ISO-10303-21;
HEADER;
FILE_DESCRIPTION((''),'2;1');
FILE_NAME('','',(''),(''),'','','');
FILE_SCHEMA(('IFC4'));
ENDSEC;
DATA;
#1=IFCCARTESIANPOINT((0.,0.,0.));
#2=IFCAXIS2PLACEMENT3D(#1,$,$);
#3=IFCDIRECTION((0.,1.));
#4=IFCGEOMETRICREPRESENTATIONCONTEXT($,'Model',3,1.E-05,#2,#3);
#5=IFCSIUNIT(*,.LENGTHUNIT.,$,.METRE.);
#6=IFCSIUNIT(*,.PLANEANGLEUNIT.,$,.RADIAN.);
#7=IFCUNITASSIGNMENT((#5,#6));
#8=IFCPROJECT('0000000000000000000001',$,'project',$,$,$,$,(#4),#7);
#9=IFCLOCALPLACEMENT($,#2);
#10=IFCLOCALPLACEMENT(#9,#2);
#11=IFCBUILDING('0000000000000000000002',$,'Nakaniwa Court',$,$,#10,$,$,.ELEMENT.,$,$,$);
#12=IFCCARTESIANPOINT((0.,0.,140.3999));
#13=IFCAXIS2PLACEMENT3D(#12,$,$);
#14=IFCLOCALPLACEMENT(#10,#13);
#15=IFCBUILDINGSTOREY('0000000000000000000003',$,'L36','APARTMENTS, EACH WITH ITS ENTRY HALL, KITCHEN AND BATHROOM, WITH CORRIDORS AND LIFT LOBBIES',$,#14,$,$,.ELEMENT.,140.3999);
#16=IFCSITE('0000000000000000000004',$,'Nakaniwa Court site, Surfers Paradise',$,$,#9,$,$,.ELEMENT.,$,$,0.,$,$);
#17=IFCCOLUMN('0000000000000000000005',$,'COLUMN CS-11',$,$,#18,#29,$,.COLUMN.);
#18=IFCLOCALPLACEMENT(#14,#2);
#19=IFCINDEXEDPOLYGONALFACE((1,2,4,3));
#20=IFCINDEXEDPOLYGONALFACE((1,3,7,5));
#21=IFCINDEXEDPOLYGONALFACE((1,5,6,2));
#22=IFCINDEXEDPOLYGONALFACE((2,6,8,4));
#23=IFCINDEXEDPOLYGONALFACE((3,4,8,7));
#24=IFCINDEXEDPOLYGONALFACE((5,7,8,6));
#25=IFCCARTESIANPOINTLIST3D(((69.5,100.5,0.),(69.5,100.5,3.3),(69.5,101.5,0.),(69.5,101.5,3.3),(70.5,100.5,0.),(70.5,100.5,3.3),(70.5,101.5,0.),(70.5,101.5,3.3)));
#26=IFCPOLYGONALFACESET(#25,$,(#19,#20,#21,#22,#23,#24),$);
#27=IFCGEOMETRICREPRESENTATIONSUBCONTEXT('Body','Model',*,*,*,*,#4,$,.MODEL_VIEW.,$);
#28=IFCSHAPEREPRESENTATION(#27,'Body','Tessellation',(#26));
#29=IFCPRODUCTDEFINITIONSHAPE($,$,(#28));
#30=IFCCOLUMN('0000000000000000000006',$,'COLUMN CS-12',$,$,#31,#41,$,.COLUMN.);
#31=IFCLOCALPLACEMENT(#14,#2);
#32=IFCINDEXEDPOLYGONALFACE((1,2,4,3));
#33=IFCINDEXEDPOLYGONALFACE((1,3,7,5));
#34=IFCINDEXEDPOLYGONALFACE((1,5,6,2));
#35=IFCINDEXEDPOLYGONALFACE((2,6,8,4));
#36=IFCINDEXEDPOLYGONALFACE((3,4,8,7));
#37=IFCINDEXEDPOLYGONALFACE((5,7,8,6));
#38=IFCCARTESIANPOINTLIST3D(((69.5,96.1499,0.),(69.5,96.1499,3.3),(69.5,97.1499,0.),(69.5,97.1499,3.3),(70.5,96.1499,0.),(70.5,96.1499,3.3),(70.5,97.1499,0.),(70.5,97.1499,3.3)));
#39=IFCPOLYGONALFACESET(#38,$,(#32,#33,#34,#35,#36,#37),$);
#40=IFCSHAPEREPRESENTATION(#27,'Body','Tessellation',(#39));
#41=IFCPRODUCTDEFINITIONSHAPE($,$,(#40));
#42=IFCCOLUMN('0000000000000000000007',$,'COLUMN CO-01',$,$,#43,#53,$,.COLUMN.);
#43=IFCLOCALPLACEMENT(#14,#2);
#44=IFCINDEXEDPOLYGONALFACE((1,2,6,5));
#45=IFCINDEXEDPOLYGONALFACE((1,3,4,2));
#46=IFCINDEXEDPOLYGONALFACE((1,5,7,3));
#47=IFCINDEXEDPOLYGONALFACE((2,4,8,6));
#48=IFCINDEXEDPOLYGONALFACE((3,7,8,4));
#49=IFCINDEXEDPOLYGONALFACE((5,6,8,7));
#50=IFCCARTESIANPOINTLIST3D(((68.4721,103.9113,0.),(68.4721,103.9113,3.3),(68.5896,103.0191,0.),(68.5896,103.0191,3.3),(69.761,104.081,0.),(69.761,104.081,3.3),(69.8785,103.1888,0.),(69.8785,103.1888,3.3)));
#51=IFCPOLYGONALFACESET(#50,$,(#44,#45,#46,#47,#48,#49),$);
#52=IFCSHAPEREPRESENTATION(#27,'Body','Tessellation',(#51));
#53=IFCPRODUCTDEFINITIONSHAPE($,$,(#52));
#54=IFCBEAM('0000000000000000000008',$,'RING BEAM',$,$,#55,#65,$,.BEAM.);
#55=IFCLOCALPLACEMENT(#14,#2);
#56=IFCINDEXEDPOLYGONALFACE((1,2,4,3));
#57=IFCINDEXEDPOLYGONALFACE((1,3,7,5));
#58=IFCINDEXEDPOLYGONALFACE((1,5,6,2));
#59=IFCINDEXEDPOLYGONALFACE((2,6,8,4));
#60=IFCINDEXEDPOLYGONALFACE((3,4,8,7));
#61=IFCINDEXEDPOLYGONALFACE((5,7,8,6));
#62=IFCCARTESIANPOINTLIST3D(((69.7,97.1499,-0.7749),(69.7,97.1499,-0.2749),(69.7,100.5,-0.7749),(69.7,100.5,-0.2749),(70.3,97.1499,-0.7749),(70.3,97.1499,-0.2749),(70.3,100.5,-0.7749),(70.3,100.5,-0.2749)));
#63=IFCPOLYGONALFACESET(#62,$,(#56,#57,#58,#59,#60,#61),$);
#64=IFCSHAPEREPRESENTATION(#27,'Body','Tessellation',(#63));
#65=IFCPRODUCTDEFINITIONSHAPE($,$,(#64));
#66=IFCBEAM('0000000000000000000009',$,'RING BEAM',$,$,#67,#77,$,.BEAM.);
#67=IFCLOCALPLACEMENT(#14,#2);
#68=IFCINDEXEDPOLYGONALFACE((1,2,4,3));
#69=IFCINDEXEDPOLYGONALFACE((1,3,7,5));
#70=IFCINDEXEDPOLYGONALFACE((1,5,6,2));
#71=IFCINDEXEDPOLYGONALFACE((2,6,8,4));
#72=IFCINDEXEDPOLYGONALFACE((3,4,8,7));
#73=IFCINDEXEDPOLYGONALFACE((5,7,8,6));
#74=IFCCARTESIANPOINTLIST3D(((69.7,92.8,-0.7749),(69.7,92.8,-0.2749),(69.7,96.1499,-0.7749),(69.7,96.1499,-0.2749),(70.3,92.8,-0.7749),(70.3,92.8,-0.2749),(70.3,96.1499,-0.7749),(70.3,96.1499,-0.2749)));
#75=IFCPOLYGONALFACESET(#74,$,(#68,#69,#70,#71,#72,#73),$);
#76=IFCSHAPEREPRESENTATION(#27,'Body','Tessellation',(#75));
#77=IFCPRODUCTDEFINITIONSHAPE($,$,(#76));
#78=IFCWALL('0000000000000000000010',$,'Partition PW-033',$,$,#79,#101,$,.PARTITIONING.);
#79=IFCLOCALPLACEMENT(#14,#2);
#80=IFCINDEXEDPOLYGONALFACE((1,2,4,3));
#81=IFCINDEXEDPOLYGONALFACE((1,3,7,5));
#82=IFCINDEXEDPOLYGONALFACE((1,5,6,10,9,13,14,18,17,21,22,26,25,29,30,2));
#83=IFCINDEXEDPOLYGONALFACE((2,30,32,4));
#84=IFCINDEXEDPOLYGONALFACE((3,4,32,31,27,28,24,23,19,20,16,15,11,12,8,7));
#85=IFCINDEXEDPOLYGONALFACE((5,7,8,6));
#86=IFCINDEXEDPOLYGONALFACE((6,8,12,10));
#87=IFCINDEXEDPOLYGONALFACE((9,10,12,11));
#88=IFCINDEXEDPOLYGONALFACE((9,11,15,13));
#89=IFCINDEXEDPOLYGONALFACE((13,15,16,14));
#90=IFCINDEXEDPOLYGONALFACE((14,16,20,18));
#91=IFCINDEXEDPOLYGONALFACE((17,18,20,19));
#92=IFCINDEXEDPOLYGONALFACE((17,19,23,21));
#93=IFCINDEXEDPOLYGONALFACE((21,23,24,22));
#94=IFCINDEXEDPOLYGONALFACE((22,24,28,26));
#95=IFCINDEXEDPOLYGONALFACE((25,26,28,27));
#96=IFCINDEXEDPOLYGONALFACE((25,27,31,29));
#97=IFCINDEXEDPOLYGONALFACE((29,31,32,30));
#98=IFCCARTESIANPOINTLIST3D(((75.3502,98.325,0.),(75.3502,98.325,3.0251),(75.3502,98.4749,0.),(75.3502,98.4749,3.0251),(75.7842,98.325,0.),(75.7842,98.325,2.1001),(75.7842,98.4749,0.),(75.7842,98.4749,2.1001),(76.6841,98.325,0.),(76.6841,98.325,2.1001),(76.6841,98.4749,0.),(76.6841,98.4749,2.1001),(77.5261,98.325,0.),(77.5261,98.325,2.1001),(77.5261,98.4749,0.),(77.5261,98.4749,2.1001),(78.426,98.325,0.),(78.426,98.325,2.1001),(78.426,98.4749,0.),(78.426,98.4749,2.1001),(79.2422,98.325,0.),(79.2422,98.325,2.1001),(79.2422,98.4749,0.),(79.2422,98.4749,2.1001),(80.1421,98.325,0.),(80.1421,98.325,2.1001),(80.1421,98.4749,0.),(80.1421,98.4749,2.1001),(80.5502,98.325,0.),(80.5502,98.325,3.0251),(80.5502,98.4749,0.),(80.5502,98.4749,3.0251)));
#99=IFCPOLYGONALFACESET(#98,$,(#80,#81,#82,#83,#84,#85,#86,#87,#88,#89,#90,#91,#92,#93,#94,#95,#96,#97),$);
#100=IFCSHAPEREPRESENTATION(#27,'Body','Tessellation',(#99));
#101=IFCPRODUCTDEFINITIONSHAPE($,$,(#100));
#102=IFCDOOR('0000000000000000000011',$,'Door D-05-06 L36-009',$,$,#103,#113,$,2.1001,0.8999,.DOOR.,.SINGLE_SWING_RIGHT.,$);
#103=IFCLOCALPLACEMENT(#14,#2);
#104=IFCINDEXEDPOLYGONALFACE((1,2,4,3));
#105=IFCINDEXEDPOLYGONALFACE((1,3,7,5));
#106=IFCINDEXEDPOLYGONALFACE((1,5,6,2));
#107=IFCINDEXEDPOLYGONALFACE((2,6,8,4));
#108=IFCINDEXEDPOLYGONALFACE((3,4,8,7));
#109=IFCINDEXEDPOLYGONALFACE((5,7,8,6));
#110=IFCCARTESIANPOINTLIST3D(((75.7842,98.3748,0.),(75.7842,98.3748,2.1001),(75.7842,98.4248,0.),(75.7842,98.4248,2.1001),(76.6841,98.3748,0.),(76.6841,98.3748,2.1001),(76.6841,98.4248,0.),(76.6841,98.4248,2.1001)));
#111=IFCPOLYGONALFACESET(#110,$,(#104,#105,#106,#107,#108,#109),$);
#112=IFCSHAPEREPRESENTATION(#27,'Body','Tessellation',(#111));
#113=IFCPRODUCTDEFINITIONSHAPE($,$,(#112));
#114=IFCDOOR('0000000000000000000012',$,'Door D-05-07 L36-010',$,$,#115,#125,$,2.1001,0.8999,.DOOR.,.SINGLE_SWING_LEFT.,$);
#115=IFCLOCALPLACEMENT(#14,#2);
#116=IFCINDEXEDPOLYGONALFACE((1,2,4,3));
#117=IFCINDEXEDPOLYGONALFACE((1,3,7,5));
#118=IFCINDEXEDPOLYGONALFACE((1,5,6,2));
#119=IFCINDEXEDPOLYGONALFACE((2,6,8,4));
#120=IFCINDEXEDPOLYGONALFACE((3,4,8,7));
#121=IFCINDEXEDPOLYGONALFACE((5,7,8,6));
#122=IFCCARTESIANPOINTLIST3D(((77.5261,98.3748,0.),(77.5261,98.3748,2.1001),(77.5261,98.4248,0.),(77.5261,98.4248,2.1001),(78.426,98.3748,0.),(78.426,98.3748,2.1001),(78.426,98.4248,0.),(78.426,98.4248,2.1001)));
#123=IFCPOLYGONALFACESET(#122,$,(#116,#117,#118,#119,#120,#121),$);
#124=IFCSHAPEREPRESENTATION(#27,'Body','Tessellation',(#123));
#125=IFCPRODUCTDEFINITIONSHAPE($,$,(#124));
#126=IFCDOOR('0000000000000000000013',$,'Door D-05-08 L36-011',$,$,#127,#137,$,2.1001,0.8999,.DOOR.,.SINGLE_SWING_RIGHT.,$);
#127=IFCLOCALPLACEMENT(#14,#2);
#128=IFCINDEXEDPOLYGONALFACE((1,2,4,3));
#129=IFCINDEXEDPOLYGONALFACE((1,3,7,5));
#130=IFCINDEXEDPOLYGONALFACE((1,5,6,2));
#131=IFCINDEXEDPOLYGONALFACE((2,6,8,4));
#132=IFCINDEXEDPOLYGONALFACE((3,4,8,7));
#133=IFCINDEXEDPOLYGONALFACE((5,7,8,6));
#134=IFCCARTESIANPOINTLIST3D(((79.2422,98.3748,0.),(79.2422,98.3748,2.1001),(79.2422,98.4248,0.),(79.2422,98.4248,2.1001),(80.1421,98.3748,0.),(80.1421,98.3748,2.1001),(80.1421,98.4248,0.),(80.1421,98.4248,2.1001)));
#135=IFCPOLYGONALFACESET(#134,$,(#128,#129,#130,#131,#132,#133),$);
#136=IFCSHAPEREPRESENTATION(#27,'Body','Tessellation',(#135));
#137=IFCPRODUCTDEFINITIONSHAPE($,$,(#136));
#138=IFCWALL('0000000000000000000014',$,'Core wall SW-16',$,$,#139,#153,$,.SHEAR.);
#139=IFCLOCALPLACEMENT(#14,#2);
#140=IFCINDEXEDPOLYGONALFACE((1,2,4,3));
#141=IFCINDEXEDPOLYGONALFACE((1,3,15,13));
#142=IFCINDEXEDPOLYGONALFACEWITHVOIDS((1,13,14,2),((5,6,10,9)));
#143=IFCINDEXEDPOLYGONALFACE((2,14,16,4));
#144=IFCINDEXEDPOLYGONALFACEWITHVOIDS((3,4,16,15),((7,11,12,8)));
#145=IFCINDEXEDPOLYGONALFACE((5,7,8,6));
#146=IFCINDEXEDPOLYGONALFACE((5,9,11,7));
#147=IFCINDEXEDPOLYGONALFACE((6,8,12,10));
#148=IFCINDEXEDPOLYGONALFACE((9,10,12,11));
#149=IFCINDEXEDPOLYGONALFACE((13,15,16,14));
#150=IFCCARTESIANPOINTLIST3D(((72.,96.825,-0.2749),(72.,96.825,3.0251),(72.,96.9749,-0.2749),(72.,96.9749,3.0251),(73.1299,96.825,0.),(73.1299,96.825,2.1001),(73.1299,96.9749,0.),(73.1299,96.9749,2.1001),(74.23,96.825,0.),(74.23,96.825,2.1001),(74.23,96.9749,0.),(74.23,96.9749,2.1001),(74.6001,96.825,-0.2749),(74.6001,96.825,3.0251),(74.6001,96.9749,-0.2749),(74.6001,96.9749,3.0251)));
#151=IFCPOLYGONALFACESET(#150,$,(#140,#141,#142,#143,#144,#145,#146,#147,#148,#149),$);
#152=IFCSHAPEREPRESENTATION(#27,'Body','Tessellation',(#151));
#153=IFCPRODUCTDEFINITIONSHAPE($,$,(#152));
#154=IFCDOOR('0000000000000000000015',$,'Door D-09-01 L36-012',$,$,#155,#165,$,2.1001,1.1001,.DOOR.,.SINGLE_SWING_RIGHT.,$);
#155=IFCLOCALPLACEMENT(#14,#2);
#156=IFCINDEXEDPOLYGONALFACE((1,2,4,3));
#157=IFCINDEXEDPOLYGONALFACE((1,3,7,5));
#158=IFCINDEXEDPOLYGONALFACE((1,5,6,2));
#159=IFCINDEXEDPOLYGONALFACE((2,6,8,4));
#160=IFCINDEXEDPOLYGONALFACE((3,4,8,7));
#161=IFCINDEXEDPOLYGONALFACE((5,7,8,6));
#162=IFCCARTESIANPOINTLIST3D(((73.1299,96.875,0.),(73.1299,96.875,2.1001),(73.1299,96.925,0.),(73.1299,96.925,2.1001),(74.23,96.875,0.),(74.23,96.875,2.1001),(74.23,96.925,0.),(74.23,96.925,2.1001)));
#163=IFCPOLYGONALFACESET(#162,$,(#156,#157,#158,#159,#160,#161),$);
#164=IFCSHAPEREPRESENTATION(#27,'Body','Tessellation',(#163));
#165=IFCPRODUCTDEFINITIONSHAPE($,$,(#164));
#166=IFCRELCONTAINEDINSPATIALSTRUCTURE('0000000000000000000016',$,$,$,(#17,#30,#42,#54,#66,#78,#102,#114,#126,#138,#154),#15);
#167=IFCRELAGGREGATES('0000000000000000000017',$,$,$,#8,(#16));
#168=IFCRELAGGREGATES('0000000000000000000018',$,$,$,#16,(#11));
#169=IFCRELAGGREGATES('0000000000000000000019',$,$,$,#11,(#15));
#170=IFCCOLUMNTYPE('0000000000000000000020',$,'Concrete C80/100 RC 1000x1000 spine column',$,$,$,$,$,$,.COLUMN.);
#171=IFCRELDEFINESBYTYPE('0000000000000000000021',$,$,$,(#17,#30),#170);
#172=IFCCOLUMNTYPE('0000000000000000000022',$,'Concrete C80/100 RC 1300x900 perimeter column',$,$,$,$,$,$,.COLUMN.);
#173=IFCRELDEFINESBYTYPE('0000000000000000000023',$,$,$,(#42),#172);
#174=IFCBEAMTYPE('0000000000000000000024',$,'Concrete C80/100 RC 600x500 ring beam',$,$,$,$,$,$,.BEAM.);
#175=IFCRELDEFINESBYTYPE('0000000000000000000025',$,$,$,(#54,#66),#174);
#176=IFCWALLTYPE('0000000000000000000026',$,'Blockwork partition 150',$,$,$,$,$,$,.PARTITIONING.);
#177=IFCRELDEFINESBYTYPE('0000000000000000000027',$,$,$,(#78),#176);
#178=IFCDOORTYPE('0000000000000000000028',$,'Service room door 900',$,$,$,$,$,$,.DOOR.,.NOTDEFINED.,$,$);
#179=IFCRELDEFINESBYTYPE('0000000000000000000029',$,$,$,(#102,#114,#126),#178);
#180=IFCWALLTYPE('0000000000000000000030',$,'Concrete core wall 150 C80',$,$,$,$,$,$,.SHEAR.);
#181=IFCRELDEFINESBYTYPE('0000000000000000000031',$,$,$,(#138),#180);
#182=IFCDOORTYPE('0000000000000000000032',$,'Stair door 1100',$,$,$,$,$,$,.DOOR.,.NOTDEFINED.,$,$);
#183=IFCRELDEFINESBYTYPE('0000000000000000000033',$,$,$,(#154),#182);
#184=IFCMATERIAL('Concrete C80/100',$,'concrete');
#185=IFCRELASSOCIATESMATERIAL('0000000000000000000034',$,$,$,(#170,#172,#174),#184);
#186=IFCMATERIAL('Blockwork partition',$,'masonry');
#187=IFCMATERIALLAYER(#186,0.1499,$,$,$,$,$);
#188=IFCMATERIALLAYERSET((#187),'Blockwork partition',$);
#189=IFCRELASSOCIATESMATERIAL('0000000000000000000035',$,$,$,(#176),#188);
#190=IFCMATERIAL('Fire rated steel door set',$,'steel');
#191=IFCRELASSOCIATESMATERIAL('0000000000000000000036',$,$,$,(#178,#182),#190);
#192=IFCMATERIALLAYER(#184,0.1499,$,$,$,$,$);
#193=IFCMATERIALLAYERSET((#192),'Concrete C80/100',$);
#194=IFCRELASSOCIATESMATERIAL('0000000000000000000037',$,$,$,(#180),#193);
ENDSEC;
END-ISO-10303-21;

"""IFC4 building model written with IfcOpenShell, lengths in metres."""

from ifc_helpers import new_model, si_unit, direction, frame, frame_2d, origin, origin_2d, place, context, subcontext, project, spatial, rectangle, extrude, material, layer, layer_set, material_profile, profile_set, type_object, element, fill, save


model = new_model("IFC4")

# Units and contexts
model_context = context("Model", 3, precision=1e-05, world=origin(), true_north=direction((0.0, 1.0)))
body_context = subcontext(model_context, "Body", "Model", "MODEL_VIEW")
ifc_project = project(units=[si_unit("LENGTHUNIT", "METRE"), si_unit("PLANEANGLEUNIT", "RADIAN")], contexts=[model_context])

# Site, building, storey
site_placement = place(None, origin())
site = spatial("IfcSite", under=ifc_project, at=site_placement, Name="Nakaniwa Court site, Surfers Paradise", CompositionType="ELEMENT", RefElevation=0.0)
building_placement = place(site_placement, origin())
building = spatial("IfcBuilding", under=site, at=building_placement, Name="Nakaniwa Court", CompositionType="ELEMENT")
storey_placement = place(building_placement, frame((0.0, 0.0, 140.3999)))
storey = spatial("IfcBuildingStorey", under=building, at=storey_placement, Name="L36", Description="APARTMENTS, EACH WITH ITS ENTRY HALL, KITCHEN AND BATHROOM, WITH CORRIDORS AND LIFT LOBBIES", CompositionType="ELEMENT", Elevation=140.3999)

# Columns
ifc_material_1 = material(Name="Concrete C80/100", Category="concrete")
ifc_material_profile_1 = material_profile(ifc_material_1, rectangle(XDim=1.0, YDim=1.0, at=origin_2d()), Name="Concrete C80/100 RC 1000x1000 spine column")
ifc_profile_set_1 = profile_set([ifc_material_profile_1], Name="Concrete C80/100")
column_type_1 = type_object("IfcColumnType", Name="Concrete C80/100 RC 1000x1000 spine column", PredefinedType="COLUMN", material=ifc_profile_set_1)
for number, where, z_axis, x_axis, name in (
    (1, (70.0, 101.0, 0.0), (0.0, 0.0, 1.0), (0.0, -1.0, 0.0), "COLUMN CS-11"),
    (2, (70.0, 96.6499, 0.0), (0.0, 0.0, 1.0), (0.0, -1.0, 0.0), "COLUMN CS-12"),
):
    element("IfcColumn", number, at=place(storey_placement, frame(where, z_axis=z_axis, x_axis=x_axis)), inside=storey, type_object=column_type_1, Name=name, PredefinedType="COLUMN", context=body_context, shape_type="SweptSolid", body=[
        extrude(rectangle(XDim=1.0, YDim=1.0, at=origin_2d()), origin(), (0.0, 0.0, 1.0), 3.3),
    ])
ifc_material_profile_2 = material_profile(ifc_material_1, rectangle(XDim=1.3, YDim=0.8999, at=origin_2d()), Name="Concrete C80/100 RC 1300x900 perimeter column")
ifc_profile_set_2 = profile_set([ifc_material_profile_2], Name="Concrete C80/100")
column_type_2 = type_object("IfcColumnType", Name="Concrete C80/100 RC 1300x900 perimeter column", PredefinedType="COLUMN", material=ifc_profile_set_2)
column_placement = place(storey_placement, frame((69.1753, 103.55, 0.0), z_axis=(0.0, 0.0, 1.0), x_axis=(-0.991443, -0.130543, 0.0)))
element("IfcColumn", 3, at=column_placement, inside=storey, type_object=column_type_2, Name="COLUMN CO-01", PredefinedType="COLUMN", context=body_context, shape_type="SweptSolid", body=[
    extrude(rectangle(XDim=1.3, YDim=0.8999, at=origin_2d()), origin(), (0.0, 0.0, 1.0), 3.3),
])

# Beams
ifc_material_profile_3 = material_profile(ifc_material_1, rectangle(XDim=0.6001, YDim=0.5, at=origin_2d()), Name="Concrete C80/100 RC 600x500 ring beam")
ifc_profile_set_3 = profile_set([ifc_material_profile_3], Name="Concrete C80/100")
beam_type = type_object("IfcBeamType", Name="Concrete C80/100 RC 600x500 ring beam", PredefinedType="BEAM", material=ifc_profile_set_3)
beam_1_placement = place(storey_placement, frame((70.0, 100.5, -0.5249), z_axis=(0.0, -1.0, 0.0), x_axis=(1.0, 0.0, 0.0)))
element("IfcBeam", 4, at=beam_1_placement, inside=storey, type_object=beam_type, Name="RING BEAM", PredefinedType="BEAM", context=body_context, shape_type="SweptSolid", body=[
    extrude(rectangle(XDim=0.6001, YDim=0.5, at=origin_2d()), origin(), (0.0, 0.0, 1.0), 3.3501),
])
beam_2_placement = place(storey_placement, frame((70.0, 96.1499, -0.5249), z_axis=(0.0, -1.0, 0.0), x_axis=(1.0, 0.0, 0.0)))
element("IfcBeam", 5, at=beam_2_placement, inside=storey, type_object=beam_type, Name="RING BEAM", PredefinedType="BEAM", context=body_context, shape_type="SweptSolid", body=[
    extrude(rectangle(XDim=0.6001, YDim=0.5, at=origin_2d()), origin(), (0.0, 0.0, 1.0), 3.3499),
])

# Wall, openings, doors
ifc_material_2 = material(Name="Blockwork partition", Category="masonry")
ifc_layer_1 = layer(ifc_material_2, 0.1499)
ifc_layer_set_1 = layer_set([ifc_layer_1], Name="Blockwork partition")
wall_type_1 = type_object("IfcWallType", Name="Blockwork partition 150", PredefinedType="PARTITIONING", material=ifc_layer_set_1)
wall_1_placement = place(storey_placement, frame((75.3501, 98.3999, 0.0), z_axis=(0.0, 0.0, 1.0), x_axis=(1.0, 0.0, 0.0)))
wall_1 = element("IfcWall", 6, at=wall_1_placement, inside=storey, type_object=wall_type_1, Name="Partition PW-033", PredefinedType="PARTITIONING", context=body_context, shape_type="SweptSolid", body=[
    extrude(rectangle(XDim=5.2, YDim=0.1499, at=frame_2d((2.6001, 0.0))), origin(), (0.0, 0.0, 1.0), 3.0251),
])
opening_1_placement = place(wall_1_placement, frame((0.4341, 0.0, 0.0)))
opening_1 = element("IfcOpeningElement", 7, at=opening_1_placement, cuts=wall_1, PredefinedType="OPENING", context=body_context, shape_type="SweptSolid", body=[
    extrude(rectangle(XDim=0.8999, YDim=2.1001, at=frame_2d((0.45, 1.05))), frame((0.0, 0.085, 0.0), z_axis=(0.0, -1.0, 0.0), x_axis=(1.0, 0.0, 0.0)), (0.0, 0.0, 1.0), 0.1699),
])
opening_2_placement = place(wall_1_placement, frame((2.176, 0.0, 0.0)))
opening_2 = element("IfcOpeningElement", 8, at=opening_2_placement, cuts=wall_1, PredefinedType="OPENING", context=body_context, shape_type="SweptSolid", body=[
    extrude(rectangle(XDim=0.8999, YDim=2.1001, at=frame_2d((0.45, 1.05))), frame((0.0, 0.085, 0.0), z_axis=(0.0, -1.0, 0.0), x_axis=(1.0, 0.0, 0.0)), (0.0, 0.0, 1.0), 0.1699),
])
opening_3_placement = place(wall_1_placement, frame((3.8921, 0.0, 0.0)))
opening_3 = element("IfcOpeningElement", 9, at=opening_3_placement, cuts=wall_1, PredefinedType="OPENING", context=body_context, shape_type="SweptSolid", body=[
    extrude(rectangle(XDim=0.8999, YDim=2.1001, at=frame_2d((0.45, 1.05))), frame((0.0, 0.085, 0.0), z_axis=(0.0, -1.0, 0.0), x_axis=(1.0, 0.0, 0.0)), (0.0, 0.0, 1.0), 0.1699),
])
ifc_material_3 = material(Name="Fire rated steel door set", Category="steel")
door_type_1 = type_object("IfcDoorType", Name="Service room door 900", OperationType="NOTDEFINED", PredefinedType="DOOR", material=ifc_material_3)
door_1_placement = place(opening_1_placement, origin())
door_1 = element("IfcDoor", 10, at=door_1_placement, inside=storey, type_object=door_type_1, Name="Door D-05-06 L36-009", OperationType="SINGLE_SWING_RIGHT", OverallHeight=2.1001, OverallWidth=0.8999, PredefinedType="DOOR", context=body_context, shape_type="SweptSolid", body=[
    extrude(rectangle(XDim=0.8999, YDim=2.1001, at=frame_2d((0.45, 1.05))), frame((0.0, 0.0249, 0.0), z_axis=(0.0, -1.0, 0.0), x_axis=(1.0, 0.0, 0.0)), (0.0, 0.0, 1.0), 0.05),
])
fill(opening_1, door_1)
door_2_placement = place(opening_2_placement, origin())
door_2 = element("IfcDoor", 11, at=door_2_placement, inside=storey, type_object=door_type_1, Name="Door D-05-07 L36-010", OperationType="SINGLE_SWING_LEFT", OverallHeight=2.1001, OverallWidth=0.8999, PredefinedType="DOOR", context=body_context, shape_type="SweptSolid", body=[
    extrude(rectangle(XDim=0.8999, YDim=2.1001, at=frame_2d((0.45, 1.05))), frame((0.0, 0.0249, 0.0), z_axis=(0.0, -1.0, 0.0), x_axis=(1.0, 0.0, 0.0)), (0.0, 0.0, 1.0), 0.05),
])
fill(opening_2, door_2)
door_3_placement = place(opening_3_placement, origin())
door_3 = element("IfcDoor", 12, at=door_3_placement, inside=storey, type_object=door_type_1, Name="Door D-05-08 L36-011", OperationType="SINGLE_SWING_RIGHT", OverallHeight=2.1001, OverallWidth=0.8999, PredefinedType="DOOR", context=body_context, shape_type="SweptSolid", body=[
    extrude(rectangle(XDim=0.8999, YDim=2.1001, at=frame_2d((0.45, 1.05))), frame((0.0, 0.0249, 0.0), z_axis=(0.0, -1.0, 0.0), x_axis=(1.0, 0.0, 0.0)), (0.0, 0.0, 1.0), 0.05),
])
fill(opening_3, door_3)

# Wall, opening, door
ifc_layer_2 = layer(ifc_material_1, 0.1499)
ifc_layer_set_2 = layer_set([ifc_layer_2], Name="Concrete C80/100")
wall_type_2 = type_object("IfcWallType", Name="Concrete core wall 150 C80", PredefinedType="SHEAR", material=ifc_layer_set_2)
wall_2_placement = place(storey_placement, frame((74.6001, 96.8999, -0.2749), z_axis=(0.0, 0.0, 1.0), x_axis=(-1.0, 0.0, 0.0)))
wall_2 = element("IfcWall", 13, at=wall_2_placement, inside=storey, type_object=wall_type_2, Name="Core wall SW-16", PredefinedType="SHEAR", context=body_context, shape_type="SweptSolid", body=[
    extrude(rectangle(XDim=2.6001, YDim=0.1499, at=frame_2d((1.3, 0.0))), origin(), (0.0, 0.0, 1.0), 3.3),
])
opening_4_placement = place(wall_2_placement, frame((0.3701, 0.0, 0.2749)))
opening_4 = element("IfcOpeningElement", 14, at=opening_4_placement, cuts=wall_2, PredefinedType="OPENING", context=body_context, shape_type="SweptSolid", body=[
    extrude(rectangle(XDim=1.1001, YDim=2.1001, at=frame_2d((0.55, 1.05))), frame((0.0, 0.085, 0.0), z_axis=(0.0, -1.0, 0.0), x_axis=(1.0, 0.0, 0.0)), (0.0, 0.0, 1.0), 0.1699),
])
door_type_2 = type_object("IfcDoorType", Name="Stair door 1100", OperationType="NOTDEFINED", PredefinedType="DOOR", material=ifc_material_3)
door_4_placement = place(opening_4_placement, origin())
door_4 = element("IfcDoor", 15, at=door_4_placement, inside=storey, type_object=door_type_2, Name="Door D-09-01 L36-012", OperationType="SINGLE_SWING_RIGHT", OverallHeight=2.1001, OverallWidth=1.1001, PredefinedType="DOOR", context=body_context, shape_type="SweptSolid", body=[
    extrude(rectangle(XDim=1.1001, YDim=2.1001, at=frame_2d((0.55, 1.05))), frame((0.0, 0.0249, 0.0), z_axis=(0.0, -1.0, 0.0), x_axis=(1.0, 0.0, 0.0)), (0.0, 0.0, 1.0), 0.05),
])
fill(opening_4, door_4)

save(model, "model.ifc")
